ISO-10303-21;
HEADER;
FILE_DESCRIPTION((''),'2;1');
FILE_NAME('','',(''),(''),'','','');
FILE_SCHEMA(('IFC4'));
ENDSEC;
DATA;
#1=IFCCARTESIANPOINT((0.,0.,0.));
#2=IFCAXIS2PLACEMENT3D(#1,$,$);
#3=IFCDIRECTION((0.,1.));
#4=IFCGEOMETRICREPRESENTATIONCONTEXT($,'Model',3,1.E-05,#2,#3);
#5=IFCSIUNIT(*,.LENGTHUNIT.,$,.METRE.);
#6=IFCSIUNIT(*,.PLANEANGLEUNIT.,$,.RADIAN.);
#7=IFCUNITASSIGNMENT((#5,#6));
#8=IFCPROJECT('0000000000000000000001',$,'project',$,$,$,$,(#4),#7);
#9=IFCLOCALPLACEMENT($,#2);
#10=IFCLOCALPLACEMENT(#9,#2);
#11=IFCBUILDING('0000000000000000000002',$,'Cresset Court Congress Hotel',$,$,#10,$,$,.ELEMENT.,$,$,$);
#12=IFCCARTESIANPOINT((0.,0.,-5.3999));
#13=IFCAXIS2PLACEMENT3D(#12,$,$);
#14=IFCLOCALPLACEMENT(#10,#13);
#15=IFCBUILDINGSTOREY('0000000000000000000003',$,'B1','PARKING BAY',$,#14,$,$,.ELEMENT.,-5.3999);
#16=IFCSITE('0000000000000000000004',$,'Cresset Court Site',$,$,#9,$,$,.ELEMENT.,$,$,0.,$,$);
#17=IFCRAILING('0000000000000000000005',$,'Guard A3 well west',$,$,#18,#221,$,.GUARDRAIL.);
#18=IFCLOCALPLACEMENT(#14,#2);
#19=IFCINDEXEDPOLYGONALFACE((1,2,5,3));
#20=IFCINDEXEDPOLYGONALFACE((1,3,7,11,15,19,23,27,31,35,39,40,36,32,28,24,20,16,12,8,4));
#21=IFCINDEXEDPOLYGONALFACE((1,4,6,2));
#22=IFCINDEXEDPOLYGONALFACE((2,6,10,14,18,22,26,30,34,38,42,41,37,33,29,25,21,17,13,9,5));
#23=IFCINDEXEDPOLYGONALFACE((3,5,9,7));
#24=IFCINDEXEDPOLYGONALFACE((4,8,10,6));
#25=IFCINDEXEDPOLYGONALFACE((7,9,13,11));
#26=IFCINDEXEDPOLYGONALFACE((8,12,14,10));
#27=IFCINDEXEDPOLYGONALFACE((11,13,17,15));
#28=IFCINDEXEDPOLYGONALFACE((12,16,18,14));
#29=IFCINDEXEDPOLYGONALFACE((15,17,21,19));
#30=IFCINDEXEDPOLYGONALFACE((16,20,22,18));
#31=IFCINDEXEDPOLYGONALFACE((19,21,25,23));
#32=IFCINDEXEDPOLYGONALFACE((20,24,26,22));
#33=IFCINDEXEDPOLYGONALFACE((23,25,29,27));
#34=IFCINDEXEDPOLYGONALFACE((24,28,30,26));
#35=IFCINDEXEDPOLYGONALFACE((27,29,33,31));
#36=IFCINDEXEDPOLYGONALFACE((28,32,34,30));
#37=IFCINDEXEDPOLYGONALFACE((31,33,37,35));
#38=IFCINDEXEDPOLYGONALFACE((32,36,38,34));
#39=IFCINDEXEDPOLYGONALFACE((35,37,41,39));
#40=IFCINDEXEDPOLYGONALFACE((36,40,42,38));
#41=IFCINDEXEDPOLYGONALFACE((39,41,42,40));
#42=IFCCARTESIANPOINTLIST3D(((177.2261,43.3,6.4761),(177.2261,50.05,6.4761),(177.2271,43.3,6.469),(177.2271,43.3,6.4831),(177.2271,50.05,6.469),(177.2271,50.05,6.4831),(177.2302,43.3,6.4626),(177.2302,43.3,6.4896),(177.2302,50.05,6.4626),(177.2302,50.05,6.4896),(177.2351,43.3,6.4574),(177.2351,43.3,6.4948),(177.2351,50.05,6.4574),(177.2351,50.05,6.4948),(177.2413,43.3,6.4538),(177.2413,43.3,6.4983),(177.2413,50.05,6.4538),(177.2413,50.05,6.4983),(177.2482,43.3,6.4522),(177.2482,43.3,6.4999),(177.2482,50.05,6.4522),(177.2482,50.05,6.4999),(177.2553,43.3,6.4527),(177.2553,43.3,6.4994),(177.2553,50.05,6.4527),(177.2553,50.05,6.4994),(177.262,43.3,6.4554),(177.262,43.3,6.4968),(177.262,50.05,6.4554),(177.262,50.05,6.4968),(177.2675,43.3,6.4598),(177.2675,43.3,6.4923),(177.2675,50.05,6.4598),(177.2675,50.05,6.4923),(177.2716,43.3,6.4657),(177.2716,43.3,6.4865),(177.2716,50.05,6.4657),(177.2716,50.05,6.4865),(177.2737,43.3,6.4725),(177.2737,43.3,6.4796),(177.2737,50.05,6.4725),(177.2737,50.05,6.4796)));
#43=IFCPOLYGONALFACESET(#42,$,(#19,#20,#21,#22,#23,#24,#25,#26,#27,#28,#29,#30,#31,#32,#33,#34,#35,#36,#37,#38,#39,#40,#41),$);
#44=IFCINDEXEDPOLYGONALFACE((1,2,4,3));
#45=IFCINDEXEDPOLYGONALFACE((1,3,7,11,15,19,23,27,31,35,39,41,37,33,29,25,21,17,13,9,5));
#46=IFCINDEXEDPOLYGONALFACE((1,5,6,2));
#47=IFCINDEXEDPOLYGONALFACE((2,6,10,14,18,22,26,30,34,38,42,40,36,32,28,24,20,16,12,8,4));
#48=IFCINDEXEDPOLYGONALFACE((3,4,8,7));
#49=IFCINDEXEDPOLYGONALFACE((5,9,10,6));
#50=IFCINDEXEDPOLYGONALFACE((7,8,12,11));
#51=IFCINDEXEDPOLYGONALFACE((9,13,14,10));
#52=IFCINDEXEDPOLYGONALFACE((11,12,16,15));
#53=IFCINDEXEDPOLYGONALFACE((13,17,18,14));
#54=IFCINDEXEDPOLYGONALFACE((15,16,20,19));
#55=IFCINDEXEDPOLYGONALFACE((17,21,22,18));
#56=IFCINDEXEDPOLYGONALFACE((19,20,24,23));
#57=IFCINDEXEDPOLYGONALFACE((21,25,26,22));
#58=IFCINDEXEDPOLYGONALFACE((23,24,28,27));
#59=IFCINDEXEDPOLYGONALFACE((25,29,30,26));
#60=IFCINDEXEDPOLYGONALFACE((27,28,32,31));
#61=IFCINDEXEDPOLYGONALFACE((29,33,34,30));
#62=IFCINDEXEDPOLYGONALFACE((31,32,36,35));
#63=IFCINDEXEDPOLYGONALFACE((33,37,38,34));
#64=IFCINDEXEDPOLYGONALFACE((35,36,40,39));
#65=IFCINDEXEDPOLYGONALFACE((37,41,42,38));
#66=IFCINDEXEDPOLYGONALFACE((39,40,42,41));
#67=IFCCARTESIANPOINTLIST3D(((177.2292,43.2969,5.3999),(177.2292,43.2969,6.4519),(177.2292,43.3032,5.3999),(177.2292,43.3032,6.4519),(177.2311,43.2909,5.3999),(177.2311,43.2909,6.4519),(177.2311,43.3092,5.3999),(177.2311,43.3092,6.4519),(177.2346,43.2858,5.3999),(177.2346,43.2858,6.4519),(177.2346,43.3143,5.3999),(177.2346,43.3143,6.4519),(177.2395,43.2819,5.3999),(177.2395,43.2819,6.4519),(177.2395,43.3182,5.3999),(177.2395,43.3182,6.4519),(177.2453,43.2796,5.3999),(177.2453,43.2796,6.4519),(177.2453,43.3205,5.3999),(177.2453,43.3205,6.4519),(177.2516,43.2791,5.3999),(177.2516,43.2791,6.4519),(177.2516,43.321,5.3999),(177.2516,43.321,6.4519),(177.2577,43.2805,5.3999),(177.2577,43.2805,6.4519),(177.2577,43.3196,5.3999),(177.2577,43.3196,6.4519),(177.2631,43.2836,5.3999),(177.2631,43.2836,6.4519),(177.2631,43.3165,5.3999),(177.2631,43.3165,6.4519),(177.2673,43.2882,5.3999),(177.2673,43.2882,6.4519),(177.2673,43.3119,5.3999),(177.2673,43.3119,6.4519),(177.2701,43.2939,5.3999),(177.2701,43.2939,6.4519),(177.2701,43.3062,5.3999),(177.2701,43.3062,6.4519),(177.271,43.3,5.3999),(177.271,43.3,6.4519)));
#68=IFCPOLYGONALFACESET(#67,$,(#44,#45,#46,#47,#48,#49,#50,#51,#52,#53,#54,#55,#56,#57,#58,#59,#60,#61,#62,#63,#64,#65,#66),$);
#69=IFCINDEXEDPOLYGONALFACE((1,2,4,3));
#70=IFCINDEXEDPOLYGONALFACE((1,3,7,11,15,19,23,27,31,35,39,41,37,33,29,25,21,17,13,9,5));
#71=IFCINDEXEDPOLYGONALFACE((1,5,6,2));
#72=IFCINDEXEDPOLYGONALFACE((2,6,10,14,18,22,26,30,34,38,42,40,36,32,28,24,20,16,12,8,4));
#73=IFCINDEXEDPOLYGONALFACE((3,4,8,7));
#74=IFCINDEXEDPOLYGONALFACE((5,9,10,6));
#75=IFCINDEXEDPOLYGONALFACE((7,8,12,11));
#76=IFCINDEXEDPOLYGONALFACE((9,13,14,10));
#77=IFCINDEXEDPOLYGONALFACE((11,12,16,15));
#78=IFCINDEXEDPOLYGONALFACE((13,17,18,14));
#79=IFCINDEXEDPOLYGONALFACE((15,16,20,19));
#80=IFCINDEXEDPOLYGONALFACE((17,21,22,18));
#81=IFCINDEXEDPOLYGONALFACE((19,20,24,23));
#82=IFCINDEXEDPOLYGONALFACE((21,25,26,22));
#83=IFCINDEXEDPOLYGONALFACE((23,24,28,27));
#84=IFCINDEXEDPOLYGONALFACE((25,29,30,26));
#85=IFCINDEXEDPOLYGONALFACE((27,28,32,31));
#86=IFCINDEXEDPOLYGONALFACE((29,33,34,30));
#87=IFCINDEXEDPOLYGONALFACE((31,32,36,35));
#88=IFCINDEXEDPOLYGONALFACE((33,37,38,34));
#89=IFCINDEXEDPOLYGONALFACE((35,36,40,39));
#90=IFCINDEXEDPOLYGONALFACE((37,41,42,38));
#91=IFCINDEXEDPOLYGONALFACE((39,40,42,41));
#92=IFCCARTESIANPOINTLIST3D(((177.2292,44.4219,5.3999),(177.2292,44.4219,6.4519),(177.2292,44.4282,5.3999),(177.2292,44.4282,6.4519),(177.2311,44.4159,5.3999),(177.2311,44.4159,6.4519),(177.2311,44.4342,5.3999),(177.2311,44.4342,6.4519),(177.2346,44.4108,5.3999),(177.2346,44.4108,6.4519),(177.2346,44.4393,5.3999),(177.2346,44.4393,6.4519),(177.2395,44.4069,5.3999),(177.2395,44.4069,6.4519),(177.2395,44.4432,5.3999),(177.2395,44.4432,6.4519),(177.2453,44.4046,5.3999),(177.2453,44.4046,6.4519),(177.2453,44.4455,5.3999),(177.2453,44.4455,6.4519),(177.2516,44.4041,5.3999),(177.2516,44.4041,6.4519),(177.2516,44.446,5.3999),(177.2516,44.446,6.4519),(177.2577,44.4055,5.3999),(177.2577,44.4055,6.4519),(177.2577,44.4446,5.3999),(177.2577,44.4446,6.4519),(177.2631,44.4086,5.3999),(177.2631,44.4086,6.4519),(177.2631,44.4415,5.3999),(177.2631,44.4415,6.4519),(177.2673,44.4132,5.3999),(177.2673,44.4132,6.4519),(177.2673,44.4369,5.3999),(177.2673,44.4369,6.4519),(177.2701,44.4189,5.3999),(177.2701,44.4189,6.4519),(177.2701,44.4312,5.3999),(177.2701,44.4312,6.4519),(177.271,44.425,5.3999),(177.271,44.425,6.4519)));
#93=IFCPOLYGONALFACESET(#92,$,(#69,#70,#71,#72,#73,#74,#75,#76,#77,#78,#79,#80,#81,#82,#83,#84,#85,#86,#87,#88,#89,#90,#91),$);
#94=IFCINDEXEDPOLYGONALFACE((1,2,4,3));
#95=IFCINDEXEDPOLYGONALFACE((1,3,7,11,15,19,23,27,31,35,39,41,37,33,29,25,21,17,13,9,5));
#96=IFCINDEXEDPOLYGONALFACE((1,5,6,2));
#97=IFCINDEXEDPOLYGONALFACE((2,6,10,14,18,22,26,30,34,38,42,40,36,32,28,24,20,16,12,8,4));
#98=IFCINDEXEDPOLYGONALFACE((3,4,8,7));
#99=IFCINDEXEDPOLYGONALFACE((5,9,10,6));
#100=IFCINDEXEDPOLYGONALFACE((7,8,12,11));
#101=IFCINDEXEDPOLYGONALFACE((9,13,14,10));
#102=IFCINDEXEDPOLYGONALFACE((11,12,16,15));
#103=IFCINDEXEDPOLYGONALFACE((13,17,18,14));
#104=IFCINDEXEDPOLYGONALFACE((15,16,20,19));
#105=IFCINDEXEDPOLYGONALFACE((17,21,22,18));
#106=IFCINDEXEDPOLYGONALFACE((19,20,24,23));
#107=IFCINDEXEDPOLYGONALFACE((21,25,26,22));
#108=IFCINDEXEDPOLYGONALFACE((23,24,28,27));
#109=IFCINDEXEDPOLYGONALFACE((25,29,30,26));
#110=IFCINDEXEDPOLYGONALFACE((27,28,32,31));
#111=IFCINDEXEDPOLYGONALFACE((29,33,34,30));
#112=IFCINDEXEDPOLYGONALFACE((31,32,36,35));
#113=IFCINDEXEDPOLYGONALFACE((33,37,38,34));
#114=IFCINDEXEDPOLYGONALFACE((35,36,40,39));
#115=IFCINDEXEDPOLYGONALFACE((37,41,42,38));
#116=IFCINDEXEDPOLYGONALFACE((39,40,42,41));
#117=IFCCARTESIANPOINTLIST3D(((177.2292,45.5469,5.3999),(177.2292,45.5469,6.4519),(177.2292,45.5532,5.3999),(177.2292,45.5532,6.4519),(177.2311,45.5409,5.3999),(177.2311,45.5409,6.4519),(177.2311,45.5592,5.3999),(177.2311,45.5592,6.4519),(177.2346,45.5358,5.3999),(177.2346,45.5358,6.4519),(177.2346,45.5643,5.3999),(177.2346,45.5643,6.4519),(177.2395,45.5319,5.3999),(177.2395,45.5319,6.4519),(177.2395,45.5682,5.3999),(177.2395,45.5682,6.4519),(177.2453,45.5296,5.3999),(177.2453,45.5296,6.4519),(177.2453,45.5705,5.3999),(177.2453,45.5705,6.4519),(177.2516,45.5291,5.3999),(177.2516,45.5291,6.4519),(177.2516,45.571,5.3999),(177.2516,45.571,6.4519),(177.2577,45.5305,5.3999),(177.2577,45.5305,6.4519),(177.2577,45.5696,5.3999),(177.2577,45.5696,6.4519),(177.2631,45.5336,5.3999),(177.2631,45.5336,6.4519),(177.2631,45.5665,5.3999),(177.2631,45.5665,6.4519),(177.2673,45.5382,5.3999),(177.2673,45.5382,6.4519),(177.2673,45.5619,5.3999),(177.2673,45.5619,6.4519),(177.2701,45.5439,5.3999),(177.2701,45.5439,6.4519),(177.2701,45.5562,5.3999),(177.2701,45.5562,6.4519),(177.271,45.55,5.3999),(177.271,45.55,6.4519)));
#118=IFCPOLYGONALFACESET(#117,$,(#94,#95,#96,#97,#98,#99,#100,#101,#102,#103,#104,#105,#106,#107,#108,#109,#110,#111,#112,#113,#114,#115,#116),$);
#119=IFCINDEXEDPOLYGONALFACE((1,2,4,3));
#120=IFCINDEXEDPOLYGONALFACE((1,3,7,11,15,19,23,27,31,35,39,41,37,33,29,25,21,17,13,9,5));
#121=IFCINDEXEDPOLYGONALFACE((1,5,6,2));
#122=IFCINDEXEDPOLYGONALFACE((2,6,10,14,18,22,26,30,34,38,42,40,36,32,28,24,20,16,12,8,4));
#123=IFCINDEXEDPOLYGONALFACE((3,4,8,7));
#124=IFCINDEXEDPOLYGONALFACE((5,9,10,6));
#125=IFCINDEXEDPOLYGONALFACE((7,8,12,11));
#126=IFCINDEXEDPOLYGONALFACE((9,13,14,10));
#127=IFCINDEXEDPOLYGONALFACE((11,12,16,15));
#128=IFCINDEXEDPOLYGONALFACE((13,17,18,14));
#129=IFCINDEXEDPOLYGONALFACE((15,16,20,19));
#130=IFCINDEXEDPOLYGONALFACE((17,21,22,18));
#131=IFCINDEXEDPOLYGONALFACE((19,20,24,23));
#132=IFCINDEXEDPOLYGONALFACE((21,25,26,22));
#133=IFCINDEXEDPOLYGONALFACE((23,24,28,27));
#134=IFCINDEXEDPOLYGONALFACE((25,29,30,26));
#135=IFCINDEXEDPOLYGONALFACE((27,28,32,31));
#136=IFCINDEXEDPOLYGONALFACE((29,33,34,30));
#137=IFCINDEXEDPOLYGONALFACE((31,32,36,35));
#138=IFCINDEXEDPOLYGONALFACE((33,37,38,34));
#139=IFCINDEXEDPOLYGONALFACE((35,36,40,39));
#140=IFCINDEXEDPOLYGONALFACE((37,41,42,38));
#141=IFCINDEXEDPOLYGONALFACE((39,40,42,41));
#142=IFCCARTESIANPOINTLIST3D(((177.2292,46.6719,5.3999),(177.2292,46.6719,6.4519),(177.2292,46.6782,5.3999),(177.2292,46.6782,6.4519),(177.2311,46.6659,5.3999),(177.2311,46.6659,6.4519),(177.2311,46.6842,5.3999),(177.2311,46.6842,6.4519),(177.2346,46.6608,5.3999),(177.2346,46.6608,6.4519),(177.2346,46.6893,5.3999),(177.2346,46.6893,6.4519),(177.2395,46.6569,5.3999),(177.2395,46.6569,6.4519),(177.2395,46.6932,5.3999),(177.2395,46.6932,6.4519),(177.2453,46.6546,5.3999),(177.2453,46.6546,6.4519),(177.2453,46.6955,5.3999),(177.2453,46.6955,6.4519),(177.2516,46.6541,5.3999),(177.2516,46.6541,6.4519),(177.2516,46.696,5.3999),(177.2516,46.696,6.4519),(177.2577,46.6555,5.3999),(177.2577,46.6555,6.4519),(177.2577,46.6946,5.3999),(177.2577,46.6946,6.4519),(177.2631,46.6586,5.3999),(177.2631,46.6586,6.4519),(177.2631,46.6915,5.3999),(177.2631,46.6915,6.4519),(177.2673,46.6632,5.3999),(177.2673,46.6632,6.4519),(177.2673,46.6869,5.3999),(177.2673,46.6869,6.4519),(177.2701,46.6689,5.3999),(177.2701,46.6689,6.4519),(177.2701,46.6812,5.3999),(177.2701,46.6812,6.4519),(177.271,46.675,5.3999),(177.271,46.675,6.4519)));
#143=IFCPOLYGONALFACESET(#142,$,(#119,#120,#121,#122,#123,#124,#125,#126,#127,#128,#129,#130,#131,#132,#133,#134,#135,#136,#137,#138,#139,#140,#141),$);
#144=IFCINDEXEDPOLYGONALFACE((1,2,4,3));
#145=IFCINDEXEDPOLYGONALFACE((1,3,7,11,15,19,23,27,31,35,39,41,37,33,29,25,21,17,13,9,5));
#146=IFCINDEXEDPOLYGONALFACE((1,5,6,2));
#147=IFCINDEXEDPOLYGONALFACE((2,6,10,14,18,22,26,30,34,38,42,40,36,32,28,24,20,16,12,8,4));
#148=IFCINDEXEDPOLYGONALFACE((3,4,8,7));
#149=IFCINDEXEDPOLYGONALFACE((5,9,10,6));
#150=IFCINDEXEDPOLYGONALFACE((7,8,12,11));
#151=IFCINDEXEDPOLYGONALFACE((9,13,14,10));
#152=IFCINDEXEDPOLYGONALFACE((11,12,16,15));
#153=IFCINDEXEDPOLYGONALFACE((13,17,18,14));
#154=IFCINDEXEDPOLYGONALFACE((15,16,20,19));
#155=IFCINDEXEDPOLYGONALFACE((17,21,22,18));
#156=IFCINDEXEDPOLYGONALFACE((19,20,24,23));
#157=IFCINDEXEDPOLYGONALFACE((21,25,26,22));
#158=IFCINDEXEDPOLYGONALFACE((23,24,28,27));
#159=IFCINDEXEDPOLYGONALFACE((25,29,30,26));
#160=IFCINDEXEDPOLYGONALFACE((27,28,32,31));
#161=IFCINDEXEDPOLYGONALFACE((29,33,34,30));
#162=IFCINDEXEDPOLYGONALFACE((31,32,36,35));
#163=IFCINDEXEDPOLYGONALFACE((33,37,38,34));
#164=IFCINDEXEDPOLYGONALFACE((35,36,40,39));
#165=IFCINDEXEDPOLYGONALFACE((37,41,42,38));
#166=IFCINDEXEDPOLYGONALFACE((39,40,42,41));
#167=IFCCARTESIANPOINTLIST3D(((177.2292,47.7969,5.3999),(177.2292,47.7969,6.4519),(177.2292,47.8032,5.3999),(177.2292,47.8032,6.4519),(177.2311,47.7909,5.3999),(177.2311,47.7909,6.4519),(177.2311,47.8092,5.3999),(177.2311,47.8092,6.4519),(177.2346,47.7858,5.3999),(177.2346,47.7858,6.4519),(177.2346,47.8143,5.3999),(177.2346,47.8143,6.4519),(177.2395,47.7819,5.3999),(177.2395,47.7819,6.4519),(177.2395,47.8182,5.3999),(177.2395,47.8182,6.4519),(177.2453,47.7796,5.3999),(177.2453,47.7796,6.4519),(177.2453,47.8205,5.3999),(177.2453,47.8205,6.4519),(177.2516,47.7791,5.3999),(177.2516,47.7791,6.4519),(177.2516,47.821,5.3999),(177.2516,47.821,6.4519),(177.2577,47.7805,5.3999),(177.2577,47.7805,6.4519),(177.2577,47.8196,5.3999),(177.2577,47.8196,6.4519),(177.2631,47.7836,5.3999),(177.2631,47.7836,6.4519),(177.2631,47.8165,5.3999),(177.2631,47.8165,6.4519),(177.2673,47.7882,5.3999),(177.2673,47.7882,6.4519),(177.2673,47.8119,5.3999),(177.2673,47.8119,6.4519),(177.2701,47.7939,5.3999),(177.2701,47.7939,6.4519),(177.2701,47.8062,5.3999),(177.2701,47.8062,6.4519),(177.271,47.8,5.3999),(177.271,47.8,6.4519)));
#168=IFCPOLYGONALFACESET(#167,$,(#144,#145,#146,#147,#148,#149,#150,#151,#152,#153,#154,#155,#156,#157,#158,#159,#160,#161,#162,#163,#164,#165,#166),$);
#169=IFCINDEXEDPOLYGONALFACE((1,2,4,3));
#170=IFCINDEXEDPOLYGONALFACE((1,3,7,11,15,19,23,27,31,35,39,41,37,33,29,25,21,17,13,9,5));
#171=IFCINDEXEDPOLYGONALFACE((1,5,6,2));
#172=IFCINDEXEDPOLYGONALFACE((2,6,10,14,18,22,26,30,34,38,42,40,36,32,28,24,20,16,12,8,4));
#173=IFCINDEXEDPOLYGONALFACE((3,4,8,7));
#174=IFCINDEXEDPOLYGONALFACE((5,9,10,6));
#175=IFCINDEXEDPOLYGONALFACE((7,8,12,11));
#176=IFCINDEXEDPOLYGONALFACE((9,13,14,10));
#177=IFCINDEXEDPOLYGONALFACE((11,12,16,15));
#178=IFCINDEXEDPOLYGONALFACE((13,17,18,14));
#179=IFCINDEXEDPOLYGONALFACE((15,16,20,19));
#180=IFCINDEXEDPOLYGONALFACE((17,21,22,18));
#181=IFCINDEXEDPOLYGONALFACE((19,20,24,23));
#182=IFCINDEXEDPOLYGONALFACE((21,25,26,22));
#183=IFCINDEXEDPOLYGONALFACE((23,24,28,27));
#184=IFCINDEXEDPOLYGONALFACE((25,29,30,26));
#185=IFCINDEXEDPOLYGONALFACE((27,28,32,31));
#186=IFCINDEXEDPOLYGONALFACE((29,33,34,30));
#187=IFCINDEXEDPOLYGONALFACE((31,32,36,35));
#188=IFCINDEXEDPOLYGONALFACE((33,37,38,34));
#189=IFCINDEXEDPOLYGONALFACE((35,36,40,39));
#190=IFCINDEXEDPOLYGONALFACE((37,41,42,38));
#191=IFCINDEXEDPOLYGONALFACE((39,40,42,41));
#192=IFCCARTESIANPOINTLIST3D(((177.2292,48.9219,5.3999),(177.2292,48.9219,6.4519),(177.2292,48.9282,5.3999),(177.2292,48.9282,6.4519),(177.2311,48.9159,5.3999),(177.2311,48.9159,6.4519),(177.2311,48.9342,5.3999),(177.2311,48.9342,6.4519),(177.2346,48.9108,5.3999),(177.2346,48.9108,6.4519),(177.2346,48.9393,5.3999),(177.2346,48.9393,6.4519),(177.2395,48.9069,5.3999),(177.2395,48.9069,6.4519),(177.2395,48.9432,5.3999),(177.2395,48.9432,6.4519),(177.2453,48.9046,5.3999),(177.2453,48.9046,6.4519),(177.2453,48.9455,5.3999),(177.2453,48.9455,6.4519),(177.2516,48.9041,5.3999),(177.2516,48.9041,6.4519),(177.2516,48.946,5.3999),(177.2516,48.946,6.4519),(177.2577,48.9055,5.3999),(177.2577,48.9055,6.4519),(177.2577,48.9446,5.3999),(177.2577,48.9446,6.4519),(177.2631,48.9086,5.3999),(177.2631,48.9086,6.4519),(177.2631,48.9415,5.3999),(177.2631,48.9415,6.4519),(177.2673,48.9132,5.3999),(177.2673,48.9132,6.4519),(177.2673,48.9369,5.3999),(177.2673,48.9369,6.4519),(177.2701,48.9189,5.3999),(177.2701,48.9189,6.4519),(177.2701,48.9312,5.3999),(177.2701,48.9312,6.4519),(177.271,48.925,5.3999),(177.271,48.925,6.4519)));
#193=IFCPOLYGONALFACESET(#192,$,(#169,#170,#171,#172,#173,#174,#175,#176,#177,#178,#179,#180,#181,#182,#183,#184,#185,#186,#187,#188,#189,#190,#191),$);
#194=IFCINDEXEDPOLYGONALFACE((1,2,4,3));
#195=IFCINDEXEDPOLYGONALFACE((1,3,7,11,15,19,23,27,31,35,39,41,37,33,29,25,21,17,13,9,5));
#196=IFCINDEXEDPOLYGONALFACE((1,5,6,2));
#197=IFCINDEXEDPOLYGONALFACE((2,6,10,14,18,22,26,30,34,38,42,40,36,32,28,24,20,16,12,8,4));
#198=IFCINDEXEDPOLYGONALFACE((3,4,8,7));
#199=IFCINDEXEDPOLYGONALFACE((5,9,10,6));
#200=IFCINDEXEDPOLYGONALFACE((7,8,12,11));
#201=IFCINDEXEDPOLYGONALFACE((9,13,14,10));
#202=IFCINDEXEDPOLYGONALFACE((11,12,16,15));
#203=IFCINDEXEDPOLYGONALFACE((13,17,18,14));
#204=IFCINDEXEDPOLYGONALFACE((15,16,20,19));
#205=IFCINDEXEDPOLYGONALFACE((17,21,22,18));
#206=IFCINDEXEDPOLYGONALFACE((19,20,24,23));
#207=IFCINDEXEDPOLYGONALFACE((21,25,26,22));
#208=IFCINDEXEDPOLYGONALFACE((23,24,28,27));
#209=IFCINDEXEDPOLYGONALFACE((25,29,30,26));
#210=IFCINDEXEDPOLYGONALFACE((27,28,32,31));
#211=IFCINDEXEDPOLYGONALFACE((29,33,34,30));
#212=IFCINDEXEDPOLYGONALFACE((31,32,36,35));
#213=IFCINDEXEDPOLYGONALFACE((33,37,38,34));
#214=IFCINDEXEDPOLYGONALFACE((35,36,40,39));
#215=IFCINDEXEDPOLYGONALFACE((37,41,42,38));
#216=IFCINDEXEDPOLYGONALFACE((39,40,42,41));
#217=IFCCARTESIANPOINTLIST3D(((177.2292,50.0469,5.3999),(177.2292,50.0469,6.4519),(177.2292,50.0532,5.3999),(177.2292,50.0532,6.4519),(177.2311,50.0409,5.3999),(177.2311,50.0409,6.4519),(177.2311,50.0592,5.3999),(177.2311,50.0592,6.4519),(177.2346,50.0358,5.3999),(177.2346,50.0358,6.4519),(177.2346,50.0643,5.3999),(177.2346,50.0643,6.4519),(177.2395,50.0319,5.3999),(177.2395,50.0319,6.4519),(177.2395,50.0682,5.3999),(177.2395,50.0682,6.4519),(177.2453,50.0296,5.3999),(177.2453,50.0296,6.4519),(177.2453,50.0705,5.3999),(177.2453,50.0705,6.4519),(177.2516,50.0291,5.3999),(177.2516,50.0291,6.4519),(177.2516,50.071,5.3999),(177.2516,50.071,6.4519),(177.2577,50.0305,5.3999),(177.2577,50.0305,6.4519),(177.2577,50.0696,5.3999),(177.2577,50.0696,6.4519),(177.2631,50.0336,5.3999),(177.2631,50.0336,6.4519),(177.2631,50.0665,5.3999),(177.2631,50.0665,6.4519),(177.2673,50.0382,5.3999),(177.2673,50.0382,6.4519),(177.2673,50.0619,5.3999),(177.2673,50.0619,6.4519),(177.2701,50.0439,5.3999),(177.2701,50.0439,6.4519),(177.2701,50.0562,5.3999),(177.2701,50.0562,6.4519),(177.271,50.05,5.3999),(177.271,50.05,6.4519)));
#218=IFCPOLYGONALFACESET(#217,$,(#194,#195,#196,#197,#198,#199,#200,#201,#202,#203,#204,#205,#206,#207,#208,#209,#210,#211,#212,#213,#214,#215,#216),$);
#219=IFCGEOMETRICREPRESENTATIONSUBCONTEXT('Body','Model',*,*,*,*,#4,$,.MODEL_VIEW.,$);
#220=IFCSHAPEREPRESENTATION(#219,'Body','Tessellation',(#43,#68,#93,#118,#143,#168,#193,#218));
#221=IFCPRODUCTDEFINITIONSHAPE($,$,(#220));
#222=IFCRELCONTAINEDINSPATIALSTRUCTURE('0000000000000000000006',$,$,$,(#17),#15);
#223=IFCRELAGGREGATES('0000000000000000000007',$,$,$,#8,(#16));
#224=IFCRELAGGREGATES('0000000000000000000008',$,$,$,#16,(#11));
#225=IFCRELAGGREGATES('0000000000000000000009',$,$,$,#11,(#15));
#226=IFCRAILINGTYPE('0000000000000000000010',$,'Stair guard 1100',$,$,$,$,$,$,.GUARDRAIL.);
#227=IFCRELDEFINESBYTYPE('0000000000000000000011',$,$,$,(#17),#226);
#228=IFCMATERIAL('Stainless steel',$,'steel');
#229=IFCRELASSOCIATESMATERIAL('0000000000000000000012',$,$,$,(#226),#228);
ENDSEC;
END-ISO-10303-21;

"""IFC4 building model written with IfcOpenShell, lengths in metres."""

from ifc_helpers import new_model, si_unit, direction, frame, origin, origin_2d, place, context, subcontext, project, spatial, circle, extrude, material, type_object, element, save


model = new_model("IFC4")

# Units and contexts
model_context = context("Model", 3, precision=1e-05, world=origin(), true_north=direction((0.0, 1.0)))
body_context = subcontext(model_context, "Body", "Model", "MODEL_VIEW")
ifc_project = project(units=[si_unit("LENGTHUNIT", "METRE"), si_unit("PLANEANGLEUNIT", "RADIAN")], contexts=[model_context])

# Site, building, storey
site_placement = place(None, origin())
site = spatial("IfcSite", under=ifc_project, at=site_placement, Name="Cresset Court Site", CompositionType="ELEMENT", RefElevation=0.0)
building_placement = place(site_placement, origin())
building = spatial("IfcBuilding", under=site, at=building_placement, Name="Cresset Court Congress Hotel", CompositionType="ELEMENT")
storey_placement = place(building_placement, frame((0.0, 0.0, -5.3999)))
storey = spatial("IfcBuildingStorey", under=building, at=storey_placement, Name="B1", Description="PARKING BAY", CompositionType="ELEMENT", Elevation=-5.3999)

# Railing
ifc_material_1 = material(Name="Stainless steel", Category="steel")
railing_type = type_object("IfcRailingType", Name="Stair guard 1100", PredefinedType="GUARDRAIL", material=ifc_material_1)
railing_placement = place(storey_placement, frame((177.25, 43.3, 5.3999)))
element("IfcRailing", 1, at=railing_placement, inside=storey, type_object=railing_type, Name="Guard A3 well west", PredefinedType="GUARDRAIL", context=body_context, shape_type="SweptSolid", body=[
    extrude(circle(Radius=0.0239, at=origin_2d()), frame((0.0, 0.0, 1.0762), z_axis=(0.0, 1.0, 0.0), x_axis=(-1.0, 0.0, 0.0)), (0.0, 0.0, 1.0), 6.75),
    extrude(circle(Radius=0.021, at=origin_2d()), origin(), (0.0, 0.0, 1.0), 1.052),
    extrude(circle(Radius=0.021, at=origin_2d()), frame((0.0, 1.125, 0.0)), (0.0, 0.0, 1.0), 1.052),
    extrude(circle(Radius=0.021, at=origin_2d()), frame((0.0, 2.25, 0.0)), (0.0, 0.0, 1.0), 1.052),
    extrude(circle(Radius=0.021, at=origin_2d()), frame((0.0, 3.375, 0.0)), (0.0, 0.0, 1.0), 1.052),
    extrude(circle(Radius=0.021, at=origin_2d()), frame((0.0, 4.5, 0.0)), (0.0, 0.0, 1.0), 1.052),
    extrude(circle(Radius=0.021, at=origin_2d()), frame((0.0, 5.625, 0.0)), (0.0, 0.0, 1.0), 1.052),
    extrude(circle(Radius=0.021, at=origin_2d()), frame((0.0, 6.75, 0.0)), (0.0, 0.0, 1.0), 1.052),
])

save(model, "model.ifc")
